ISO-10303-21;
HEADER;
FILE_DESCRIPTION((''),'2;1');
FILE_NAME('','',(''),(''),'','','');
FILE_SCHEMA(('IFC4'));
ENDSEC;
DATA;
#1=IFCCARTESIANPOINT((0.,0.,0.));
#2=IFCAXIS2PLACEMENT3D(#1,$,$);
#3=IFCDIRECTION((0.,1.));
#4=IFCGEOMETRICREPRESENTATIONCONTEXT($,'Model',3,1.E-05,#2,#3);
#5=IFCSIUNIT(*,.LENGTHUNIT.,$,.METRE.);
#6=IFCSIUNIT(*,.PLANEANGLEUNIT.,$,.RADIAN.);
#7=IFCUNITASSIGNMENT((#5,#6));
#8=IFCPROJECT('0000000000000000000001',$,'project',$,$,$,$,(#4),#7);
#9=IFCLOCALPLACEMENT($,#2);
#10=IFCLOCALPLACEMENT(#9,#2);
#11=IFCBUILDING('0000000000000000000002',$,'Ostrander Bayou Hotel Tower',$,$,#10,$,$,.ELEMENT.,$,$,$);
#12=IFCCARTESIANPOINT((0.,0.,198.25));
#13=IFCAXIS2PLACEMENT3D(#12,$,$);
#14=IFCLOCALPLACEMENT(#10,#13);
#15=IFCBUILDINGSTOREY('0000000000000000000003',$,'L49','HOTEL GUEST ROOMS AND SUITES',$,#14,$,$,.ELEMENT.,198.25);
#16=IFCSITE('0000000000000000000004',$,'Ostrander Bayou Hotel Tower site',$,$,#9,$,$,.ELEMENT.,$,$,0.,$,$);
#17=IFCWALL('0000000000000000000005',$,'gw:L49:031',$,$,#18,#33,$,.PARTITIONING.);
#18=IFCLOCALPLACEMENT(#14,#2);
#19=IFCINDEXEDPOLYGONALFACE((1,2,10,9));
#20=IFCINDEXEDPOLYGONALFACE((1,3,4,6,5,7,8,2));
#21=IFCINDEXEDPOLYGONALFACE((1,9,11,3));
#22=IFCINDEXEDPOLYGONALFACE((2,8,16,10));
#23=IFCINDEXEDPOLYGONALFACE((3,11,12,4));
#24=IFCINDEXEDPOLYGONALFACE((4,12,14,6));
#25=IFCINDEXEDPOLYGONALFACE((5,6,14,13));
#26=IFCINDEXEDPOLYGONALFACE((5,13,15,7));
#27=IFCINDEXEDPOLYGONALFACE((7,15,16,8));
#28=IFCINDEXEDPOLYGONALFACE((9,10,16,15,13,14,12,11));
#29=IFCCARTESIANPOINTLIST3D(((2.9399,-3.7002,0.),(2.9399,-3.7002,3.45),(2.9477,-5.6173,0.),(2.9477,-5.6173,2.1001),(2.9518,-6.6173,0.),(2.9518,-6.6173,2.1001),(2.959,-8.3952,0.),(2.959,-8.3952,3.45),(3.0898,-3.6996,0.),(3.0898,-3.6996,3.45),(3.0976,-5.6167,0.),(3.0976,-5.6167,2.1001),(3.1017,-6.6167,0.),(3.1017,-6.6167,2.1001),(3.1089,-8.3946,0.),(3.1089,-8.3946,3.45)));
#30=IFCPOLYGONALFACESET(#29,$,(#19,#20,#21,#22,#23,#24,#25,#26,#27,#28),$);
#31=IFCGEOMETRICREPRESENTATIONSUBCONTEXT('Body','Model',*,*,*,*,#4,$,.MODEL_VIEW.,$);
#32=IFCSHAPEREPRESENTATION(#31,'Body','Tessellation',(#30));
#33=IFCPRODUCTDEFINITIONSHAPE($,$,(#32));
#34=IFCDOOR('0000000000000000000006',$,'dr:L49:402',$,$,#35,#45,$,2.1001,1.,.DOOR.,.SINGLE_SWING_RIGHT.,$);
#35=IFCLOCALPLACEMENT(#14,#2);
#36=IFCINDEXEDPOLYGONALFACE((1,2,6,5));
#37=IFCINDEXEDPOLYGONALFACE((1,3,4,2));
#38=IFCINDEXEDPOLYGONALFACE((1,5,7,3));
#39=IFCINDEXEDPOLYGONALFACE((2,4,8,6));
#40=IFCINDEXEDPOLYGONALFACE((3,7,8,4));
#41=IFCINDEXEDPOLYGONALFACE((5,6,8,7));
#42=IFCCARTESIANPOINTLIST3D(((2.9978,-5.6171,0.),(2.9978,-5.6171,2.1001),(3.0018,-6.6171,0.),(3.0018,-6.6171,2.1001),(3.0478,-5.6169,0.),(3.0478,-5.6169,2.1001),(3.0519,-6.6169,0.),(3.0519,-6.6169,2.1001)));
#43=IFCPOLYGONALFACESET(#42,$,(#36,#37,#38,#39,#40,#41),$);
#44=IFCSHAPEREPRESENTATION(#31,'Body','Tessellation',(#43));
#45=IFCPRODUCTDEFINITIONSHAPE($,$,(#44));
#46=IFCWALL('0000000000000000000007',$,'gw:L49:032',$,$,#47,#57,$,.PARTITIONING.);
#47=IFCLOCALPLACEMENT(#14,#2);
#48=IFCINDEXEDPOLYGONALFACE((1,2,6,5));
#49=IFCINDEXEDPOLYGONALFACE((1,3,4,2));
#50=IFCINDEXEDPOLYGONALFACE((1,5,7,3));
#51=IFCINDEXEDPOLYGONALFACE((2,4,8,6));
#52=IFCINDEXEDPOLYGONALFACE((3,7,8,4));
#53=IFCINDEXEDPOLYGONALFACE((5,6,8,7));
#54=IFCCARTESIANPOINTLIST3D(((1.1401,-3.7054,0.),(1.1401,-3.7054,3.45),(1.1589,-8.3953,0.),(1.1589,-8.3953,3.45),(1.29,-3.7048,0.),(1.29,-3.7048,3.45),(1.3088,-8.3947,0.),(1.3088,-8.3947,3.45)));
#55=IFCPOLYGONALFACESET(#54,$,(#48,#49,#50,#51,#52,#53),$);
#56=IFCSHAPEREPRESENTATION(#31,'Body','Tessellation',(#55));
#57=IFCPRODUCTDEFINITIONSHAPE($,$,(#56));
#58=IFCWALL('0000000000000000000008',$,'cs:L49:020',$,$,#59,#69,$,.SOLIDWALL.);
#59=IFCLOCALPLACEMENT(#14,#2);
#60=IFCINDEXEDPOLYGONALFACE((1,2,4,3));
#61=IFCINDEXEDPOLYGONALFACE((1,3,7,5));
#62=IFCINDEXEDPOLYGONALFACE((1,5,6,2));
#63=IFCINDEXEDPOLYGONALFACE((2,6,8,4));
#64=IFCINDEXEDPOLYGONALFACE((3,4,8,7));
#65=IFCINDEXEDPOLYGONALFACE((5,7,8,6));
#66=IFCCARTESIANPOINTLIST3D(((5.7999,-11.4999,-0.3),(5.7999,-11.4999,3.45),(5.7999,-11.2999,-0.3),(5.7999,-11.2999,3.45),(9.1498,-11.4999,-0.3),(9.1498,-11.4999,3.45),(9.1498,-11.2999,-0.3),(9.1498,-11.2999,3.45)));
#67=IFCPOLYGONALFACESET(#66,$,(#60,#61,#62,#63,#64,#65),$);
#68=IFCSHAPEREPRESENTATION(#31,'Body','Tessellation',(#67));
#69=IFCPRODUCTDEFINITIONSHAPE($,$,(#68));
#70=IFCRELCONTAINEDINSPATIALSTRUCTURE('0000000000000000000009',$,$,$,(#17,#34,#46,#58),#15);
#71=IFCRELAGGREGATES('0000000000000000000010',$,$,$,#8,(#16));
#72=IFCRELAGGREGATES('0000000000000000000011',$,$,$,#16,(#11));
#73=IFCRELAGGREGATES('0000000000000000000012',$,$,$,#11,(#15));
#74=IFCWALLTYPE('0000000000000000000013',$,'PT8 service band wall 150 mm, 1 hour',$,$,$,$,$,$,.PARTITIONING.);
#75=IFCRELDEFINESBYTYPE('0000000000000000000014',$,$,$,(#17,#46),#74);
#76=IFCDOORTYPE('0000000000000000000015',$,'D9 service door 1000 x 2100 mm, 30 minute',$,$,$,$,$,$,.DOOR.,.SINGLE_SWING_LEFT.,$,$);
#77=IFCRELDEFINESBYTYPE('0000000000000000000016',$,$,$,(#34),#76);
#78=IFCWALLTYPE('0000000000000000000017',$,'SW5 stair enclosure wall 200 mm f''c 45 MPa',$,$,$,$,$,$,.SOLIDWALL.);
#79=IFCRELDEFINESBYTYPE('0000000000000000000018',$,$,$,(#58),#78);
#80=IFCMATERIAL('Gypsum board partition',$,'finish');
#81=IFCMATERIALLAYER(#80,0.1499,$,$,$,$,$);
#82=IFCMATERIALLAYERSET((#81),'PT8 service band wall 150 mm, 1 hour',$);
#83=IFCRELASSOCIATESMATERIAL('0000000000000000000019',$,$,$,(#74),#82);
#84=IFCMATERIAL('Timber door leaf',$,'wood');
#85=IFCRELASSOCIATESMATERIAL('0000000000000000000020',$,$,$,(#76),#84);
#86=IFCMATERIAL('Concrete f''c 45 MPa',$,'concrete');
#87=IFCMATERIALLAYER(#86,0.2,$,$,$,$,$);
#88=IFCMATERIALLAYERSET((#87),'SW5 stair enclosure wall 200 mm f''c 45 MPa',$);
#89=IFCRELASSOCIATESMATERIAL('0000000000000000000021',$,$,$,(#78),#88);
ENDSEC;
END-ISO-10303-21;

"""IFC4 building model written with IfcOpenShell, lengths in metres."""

from ifc_helpers import new_model, si_unit, direction, frame, frame_2d, origin, place, context, subcontext, project, spatial, rectangle, extrude, material, layer, layer_set, type_object, element, fill, save


model = new_model("IFC4")

# Units and contexts
model_context = context("Model", 3, precision=1e-05, world=origin(), true_north=direction((0.0, 1.0)))
body_context = subcontext(model_context, "Body", "Model", "MODEL_VIEW")
ifc_project = project(units=[si_unit("LENGTHUNIT", "METRE"), si_unit("PLANEANGLEUNIT", "RADIAN")], contexts=[model_context])

# Site, building, storey
site_placement = place(None, origin())
site = spatial("IfcSite", under=ifc_project, at=site_placement, Name="Ostrander Bayou Hotel Tower site", CompositionType="ELEMENT", RefElevation=0.0)
building_placement = place(site_placement, origin())
building = spatial("IfcBuilding", under=site, at=building_placement, Name="Ostrander Bayou Hotel Tower", CompositionType="ELEMENT")
storey_placement = place(building_placement, frame((0.0, 0.0, 198.25)))
storey = spatial("IfcBuildingStorey", under=building, at=storey_placement, Name="L49", Description="HOTEL GUEST ROOMS AND SUITES", CompositionType="ELEMENT", Elevation=198.25)

# Shared definitions
ifc_material_1 = material(Name="Gypsum board partition", Category="finish")
ifc_layer_1 = layer(ifc_material_1, 0.1499)
ifc_layer_set_1 = layer_set([ifc_layer_1], Name="PT8 service band wall 150 mm, 1 hour")
wall_type_1 = type_object("IfcWallType", Name="PT8 service band wall 150 mm, 1 hour", PredefinedType="PARTITIONING", material=ifc_layer_set_1)

# Wall, opening, door
wall_1_placement = place(storey_placement, frame((3.0339, -8.395, 0.0), z_axis=(0.0, 0.0, 1.0), x_axis=(-0.004056, 0.999992, 0.0)))
wall_1 = element("IfcWall", 1, at=wall_1_placement, inside=storey, type_object=wall_type_1, Name="gw:L49:031", PredefinedType="PARTITIONING", context=body_context, shape_type="SweptSolid", body=[
    extrude(rectangle(XDim=4.6951, YDim=0.1499, at=frame_2d((2.3477, 0.0))), origin(), (0.0, 0.0, 1.0), 3.45),
])
opening_1_placement = place(wall_1_placement, frame((1.7781, 0.0, 0.0)))
opening_1 = element("IfcOpeningElement", 2, at=opening_1_placement, cuts=wall_1, PredefinedType="OPENING", context=body_context, shape_type="SweptSolid", body=[
    extrude(rectangle(XDim=1.0, YDim=2.1001, at=frame_2d((0.5, 1.05))), frame((0.0, 0.075, 0.0), z_axis=(0.0, -1.0, 0.0), x_axis=(1.0, 0.0, 0.0)), (0.0, 0.0, 1.0), 0.1499),
])
ifc_material_2 = material(Name="Timber door leaf", Category="wood")
door_type_1 = type_object("IfcDoorType", Name="D9 service door 1000 x 2100 mm, 30 minute", OperationType="SINGLE_SWING_LEFT", PredefinedType="DOOR", material=ifc_material_2)
door_1_placement = place(opening_1_placement, origin())
door_1 = element("IfcDoor", 3, at=door_1_placement, inside=storey, type_object=door_type_1, Name="dr:L49:402", OperationType="SINGLE_SWING_RIGHT", OverallHeight=2.1001, OverallWidth=1.0, PredefinedType="DOOR", context=body_context, shape_type="SweptSolid", body=[
    extrude(rectangle(XDim=1.0, YDim=2.1001, at=frame_2d((0.5, 1.05))), frame((0.0, 0.0249, 0.0), z_axis=(0.0, -1.0, 0.0), x_axis=(1.0, 0.0, 0.0)), (0.0, 0.0, 1.0), 0.05),
])
fill(opening_1, door_1)

# Walls
wall_2_placement = place(storey_placement, frame((1.2339, -8.395, 0.0), z_axis=(0.0, 0.0, 1.0), x_axis=(-0.004008, 0.999992, 0.0)))
element("IfcWall", 4, at=wall_2_placement, inside=storey, type_object=wall_type_1, Name="gw:L49:032", PredefinedType="PARTITIONING", context=body_context, shape_type="SweptSolid", body=[
    extrude(rectangle(XDim=4.6899, YDim=0.1499, at=frame_2d((2.345, 0.0))), origin(), (0.0, 0.0, 1.0), 3.45),
])
ifc_material_3 = material(Name="Concrete f'c 45 MPa", Category="concrete")
ifc_layer_2 = layer(ifc_material_3, 0.2)
ifc_layer_set_2 = layer_set([ifc_layer_2], Name="SW5 stair enclosure wall 200 mm f'c 45 MPa")
wall_type_2 = type_object("IfcWallType", Name="SW5 stair enclosure wall 200 mm f'c 45 MPa", PredefinedType="SOLIDWALL", material=ifc_layer_set_2)
wall_3_placement = place(storey_placement, frame((5.8, -11.3999, -0.3), z_axis=(0.0, 0.0, 1.0), x_axis=(1.0, 0.0, 0.0)))
element("IfcWall", 5, at=wall_3_placement, inside=storey, type_object=wall_type_2, Name="cs:L49:020", PredefinedType="SOLIDWALL", context=body_context, shape_type="SweptSolid", body=[
    extrude(rectangle(XDim=3.3499, YDim=0.2, at=frame_2d((1.6748, 0.0))), origin(), (0.0, 0.0, 1.0), 3.75),
])

save(model, "model.ifc")
